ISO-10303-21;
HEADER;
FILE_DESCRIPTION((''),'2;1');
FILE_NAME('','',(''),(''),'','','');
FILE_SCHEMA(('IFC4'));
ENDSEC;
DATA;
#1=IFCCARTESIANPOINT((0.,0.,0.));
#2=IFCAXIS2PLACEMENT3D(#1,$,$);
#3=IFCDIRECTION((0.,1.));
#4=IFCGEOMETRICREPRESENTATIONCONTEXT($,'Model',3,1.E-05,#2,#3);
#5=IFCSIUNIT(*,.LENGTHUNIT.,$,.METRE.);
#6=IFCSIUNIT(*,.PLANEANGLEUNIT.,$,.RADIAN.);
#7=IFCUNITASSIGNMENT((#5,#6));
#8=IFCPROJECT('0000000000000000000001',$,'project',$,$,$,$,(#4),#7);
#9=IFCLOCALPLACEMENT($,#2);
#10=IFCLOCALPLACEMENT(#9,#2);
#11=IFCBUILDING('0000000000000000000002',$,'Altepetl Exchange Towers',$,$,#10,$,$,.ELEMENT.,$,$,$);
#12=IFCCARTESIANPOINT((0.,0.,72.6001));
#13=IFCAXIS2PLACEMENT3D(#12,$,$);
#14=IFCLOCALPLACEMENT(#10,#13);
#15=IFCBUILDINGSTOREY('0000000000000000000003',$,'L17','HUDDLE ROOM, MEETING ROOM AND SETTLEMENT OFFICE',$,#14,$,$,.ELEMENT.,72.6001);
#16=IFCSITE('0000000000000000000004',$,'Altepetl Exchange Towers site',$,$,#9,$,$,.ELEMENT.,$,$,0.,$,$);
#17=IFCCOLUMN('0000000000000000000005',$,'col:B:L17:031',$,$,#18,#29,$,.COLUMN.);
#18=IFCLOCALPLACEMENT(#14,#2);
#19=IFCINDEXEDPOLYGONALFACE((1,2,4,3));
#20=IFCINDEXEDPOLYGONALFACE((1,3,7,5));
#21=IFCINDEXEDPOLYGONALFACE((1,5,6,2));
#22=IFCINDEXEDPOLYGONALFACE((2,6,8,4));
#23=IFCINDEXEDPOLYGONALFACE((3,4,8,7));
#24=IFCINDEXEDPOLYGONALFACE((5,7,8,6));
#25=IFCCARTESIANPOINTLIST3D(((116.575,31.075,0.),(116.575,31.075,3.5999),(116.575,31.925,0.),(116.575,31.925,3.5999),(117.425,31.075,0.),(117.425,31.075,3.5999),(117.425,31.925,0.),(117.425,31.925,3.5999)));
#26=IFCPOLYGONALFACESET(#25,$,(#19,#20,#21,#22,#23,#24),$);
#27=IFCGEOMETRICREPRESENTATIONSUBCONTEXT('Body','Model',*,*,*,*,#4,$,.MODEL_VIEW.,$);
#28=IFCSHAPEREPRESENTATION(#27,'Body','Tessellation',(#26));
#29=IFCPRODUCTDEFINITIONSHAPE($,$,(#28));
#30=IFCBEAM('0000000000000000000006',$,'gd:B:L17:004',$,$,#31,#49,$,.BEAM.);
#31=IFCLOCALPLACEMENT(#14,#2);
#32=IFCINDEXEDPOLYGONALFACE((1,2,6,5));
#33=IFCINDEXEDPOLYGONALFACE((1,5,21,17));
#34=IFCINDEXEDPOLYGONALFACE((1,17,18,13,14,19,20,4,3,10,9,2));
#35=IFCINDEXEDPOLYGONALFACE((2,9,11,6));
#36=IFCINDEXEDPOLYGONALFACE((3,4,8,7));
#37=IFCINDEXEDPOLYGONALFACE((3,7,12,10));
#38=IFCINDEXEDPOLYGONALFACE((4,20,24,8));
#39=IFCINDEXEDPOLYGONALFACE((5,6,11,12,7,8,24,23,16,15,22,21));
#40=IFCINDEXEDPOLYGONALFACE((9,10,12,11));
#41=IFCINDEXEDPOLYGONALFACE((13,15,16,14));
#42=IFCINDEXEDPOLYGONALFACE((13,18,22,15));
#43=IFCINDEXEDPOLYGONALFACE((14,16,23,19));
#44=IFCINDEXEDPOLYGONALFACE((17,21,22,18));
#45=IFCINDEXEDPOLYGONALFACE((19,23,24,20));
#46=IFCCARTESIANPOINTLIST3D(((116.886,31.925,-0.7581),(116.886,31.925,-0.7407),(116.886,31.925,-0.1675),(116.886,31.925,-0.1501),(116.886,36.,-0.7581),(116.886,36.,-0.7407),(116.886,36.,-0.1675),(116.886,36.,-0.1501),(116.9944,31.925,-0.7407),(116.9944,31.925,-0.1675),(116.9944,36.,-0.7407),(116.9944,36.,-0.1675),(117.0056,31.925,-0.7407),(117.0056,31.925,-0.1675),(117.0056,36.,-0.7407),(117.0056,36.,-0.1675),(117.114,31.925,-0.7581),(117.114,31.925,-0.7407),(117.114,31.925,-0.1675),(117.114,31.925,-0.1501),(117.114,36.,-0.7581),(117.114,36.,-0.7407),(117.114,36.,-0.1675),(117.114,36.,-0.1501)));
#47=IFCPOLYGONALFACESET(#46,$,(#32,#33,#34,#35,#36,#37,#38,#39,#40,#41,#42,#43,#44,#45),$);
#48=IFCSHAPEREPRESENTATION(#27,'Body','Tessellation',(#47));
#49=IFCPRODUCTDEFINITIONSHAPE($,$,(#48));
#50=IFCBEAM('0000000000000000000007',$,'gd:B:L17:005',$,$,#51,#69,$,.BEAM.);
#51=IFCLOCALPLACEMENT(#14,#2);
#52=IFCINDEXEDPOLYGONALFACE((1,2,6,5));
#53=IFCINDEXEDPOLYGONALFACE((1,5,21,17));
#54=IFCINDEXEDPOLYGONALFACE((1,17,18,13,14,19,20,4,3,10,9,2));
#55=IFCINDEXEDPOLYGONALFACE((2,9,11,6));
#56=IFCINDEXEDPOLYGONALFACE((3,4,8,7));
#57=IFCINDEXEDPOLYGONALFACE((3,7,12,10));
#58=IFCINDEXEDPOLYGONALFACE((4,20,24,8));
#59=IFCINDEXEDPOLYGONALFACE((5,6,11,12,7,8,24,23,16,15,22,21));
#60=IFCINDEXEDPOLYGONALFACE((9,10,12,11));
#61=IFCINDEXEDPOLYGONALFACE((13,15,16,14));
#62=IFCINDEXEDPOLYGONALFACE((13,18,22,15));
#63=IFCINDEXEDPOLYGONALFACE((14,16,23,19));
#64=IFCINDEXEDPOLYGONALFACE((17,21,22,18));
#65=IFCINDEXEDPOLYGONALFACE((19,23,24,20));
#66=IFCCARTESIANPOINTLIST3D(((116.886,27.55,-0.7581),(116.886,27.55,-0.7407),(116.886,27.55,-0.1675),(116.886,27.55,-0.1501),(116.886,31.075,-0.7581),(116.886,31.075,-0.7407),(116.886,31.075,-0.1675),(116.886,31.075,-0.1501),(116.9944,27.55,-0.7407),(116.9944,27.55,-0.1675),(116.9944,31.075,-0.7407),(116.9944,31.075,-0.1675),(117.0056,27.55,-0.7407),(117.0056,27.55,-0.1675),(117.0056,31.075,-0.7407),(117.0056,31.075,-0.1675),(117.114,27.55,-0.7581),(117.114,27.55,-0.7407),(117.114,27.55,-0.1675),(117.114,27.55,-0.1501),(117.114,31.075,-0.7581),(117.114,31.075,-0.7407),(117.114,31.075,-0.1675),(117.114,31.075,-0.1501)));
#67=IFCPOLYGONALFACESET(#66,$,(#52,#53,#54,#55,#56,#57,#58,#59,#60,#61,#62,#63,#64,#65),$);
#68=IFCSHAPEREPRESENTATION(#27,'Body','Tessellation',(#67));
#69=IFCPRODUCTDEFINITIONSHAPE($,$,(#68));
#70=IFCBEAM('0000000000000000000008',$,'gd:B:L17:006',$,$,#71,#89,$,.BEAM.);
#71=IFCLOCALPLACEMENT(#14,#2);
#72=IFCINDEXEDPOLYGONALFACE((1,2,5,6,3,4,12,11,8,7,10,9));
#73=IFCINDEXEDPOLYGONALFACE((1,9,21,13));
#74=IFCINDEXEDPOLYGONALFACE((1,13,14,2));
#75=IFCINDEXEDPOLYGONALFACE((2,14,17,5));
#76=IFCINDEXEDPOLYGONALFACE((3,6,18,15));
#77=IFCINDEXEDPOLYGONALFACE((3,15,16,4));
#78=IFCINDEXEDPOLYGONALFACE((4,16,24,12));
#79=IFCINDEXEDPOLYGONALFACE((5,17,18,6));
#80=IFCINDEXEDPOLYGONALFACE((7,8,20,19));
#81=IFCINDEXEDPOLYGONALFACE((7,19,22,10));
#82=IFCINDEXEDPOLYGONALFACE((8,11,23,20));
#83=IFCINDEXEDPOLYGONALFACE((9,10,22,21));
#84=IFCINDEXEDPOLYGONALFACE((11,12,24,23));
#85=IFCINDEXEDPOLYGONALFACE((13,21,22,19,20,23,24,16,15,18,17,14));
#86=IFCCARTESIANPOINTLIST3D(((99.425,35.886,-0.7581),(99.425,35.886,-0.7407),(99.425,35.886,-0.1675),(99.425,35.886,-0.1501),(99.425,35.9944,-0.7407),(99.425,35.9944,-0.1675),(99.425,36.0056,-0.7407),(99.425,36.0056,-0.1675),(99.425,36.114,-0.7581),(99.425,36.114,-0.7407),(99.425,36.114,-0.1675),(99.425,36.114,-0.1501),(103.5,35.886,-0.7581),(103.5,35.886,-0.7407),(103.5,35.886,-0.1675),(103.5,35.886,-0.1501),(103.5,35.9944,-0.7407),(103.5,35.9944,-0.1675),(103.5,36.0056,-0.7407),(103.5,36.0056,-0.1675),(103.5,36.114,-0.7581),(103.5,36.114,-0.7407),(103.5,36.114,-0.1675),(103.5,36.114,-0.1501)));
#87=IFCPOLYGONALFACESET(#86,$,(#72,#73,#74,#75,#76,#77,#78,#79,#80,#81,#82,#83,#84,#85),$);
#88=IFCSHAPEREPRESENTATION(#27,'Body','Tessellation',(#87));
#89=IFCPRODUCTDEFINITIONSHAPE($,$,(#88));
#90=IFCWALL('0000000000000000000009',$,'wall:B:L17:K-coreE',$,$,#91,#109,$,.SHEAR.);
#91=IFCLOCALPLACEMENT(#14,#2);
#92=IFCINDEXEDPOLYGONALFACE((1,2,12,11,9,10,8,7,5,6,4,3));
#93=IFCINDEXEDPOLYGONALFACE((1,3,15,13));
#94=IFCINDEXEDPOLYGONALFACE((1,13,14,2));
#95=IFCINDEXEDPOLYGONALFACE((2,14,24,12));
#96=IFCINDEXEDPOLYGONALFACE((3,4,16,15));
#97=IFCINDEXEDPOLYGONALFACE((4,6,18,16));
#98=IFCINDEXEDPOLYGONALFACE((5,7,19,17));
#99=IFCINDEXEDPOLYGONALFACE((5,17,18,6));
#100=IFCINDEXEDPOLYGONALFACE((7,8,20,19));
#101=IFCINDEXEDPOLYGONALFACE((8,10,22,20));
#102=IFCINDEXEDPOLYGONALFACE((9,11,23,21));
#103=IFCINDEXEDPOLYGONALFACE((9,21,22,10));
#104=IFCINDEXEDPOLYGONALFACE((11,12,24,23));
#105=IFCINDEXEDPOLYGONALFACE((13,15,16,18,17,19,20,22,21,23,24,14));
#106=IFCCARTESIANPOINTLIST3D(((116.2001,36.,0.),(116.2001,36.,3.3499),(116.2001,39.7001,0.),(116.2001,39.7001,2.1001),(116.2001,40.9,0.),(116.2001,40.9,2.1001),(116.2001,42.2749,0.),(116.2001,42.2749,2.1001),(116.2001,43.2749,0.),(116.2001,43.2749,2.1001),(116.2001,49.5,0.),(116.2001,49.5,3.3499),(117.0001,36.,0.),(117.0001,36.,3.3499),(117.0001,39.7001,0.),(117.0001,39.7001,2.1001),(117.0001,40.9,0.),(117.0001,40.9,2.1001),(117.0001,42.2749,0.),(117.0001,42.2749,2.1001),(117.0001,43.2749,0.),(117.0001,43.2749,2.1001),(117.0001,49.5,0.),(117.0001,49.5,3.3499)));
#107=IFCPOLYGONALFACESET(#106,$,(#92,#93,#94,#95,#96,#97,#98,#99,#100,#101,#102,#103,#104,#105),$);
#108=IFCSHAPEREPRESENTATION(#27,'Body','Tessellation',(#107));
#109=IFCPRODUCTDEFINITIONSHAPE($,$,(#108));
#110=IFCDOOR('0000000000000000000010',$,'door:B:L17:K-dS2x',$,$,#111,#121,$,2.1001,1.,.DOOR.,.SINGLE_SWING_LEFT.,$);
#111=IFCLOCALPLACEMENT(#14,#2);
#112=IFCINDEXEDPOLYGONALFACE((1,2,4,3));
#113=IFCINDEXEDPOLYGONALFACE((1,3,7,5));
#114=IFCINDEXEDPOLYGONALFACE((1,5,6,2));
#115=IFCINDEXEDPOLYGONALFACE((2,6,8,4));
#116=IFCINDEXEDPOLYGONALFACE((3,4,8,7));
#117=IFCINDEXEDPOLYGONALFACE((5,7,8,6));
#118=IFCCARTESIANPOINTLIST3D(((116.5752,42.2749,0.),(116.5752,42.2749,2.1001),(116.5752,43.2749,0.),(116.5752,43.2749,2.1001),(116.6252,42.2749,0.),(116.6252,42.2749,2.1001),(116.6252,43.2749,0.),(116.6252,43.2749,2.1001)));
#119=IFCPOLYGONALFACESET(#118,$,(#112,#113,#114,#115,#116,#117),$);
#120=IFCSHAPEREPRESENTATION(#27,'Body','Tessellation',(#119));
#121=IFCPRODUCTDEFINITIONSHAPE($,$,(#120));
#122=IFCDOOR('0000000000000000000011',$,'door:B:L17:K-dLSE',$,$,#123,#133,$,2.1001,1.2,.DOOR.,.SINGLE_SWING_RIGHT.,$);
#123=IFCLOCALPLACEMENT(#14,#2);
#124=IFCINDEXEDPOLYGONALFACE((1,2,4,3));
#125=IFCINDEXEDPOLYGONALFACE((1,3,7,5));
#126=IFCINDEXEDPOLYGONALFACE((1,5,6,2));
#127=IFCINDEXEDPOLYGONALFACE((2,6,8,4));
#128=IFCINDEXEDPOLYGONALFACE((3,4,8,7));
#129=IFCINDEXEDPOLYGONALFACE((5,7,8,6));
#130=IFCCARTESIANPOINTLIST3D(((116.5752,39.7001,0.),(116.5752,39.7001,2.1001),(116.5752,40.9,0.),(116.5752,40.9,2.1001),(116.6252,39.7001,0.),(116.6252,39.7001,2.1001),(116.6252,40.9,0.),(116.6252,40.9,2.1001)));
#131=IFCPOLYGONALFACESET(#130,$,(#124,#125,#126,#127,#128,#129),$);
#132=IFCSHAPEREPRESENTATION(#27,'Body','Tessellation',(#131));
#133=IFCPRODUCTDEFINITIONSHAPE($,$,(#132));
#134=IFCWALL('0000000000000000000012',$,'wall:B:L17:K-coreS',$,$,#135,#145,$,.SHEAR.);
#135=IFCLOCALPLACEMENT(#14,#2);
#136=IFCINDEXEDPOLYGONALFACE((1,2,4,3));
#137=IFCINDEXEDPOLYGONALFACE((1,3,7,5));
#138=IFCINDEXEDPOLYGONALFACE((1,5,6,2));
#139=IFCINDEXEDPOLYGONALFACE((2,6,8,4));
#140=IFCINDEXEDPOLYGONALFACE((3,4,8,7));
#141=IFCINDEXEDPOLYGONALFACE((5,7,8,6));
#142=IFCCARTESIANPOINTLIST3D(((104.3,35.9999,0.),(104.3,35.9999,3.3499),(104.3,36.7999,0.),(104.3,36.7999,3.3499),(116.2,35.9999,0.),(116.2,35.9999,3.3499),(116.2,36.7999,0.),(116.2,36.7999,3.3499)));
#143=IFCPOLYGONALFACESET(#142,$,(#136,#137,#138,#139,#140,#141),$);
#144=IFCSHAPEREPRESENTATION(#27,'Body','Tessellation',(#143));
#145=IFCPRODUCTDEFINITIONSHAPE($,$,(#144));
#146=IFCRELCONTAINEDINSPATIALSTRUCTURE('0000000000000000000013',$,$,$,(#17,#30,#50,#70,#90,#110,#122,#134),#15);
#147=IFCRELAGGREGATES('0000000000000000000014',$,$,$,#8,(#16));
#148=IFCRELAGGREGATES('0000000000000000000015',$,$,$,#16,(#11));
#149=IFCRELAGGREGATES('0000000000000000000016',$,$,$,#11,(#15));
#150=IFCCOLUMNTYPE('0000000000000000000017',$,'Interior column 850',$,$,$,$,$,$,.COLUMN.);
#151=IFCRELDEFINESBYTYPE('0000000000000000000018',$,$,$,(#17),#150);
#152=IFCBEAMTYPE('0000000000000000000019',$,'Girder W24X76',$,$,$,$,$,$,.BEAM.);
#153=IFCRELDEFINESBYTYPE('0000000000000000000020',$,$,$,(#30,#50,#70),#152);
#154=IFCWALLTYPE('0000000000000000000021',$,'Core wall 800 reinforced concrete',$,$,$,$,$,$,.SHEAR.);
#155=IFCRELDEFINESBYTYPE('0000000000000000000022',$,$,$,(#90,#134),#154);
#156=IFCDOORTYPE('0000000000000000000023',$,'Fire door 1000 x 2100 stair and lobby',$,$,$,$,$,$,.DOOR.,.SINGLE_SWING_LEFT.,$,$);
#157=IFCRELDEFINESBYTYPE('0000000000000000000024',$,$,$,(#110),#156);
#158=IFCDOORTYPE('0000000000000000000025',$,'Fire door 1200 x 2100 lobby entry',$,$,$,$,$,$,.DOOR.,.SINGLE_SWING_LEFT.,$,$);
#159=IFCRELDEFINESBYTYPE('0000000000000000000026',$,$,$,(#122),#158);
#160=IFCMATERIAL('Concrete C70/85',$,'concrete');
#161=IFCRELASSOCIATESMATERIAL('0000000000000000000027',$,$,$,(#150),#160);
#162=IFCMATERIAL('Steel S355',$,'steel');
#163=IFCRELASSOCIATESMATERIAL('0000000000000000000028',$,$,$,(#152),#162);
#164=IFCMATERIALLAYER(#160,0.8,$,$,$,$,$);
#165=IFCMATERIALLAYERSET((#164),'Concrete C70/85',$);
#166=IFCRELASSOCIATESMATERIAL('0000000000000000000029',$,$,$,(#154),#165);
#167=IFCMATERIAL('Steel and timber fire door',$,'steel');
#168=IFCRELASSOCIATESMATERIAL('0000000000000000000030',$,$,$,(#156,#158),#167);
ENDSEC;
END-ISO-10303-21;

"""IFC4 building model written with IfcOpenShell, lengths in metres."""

from ifc_helpers import new_model, si_unit, direction, frame, frame_2d, origin, origin_2d, place, context, subcontext, project, spatial, rectangle, i_section, extrude, material, layer, layer_set, material_profile, profile_set, type_object, element, fill, save


model = new_model("IFC4")

# Units and contexts
model_context = context("Model", 3, precision=1e-05, world=origin(), true_north=direction((0.0, 1.0)))
body_context = subcontext(model_context, "Body", "Model", "MODEL_VIEW")
ifc_project = project(units=[si_unit("LENGTHUNIT", "METRE"), si_unit("PLANEANGLEUNIT", "RADIAN")], contexts=[model_context])

# Site, building, storey
site_placement = place(None, origin())
site = spatial("IfcSite", under=ifc_project, at=site_placement, Name="Altepetl Exchange Towers site", CompositionType="ELEMENT", RefElevation=0.0)
building_placement = place(site_placement, origin())
building = spatial("IfcBuilding", under=site, at=building_placement, Name="Altepetl Exchange Towers", CompositionType="ELEMENT")
storey_placement = place(building_placement, frame((0.0, 0.0, 72.6001)))
storey = spatial("IfcBuildingStorey", under=building, at=storey_placement, Name="L17", Description="HUDDLE ROOM, MEETING ROOM AND SETTLEMENT OFFICE", CompositionType="ELEMENT", Elevation=72.6001)

# Column
ifc_material_1 = material(Name="Concrete C70/85", Category="concrete")
ifc_material_profile_1 = material_profile(ifc_material_1, rectangle(XDim=0.8501, YDim=0.8501, at=origin_2d()), Name="850 x 850")
ifc_profile_set_1 = profile_set([ifc_material_profile_1], Name="Concrete C70/85")
column_type = type_object("IfcColumnType", Name="Interior column 850", PredefinedType="COLUMN", material=ifc_profile_set_1)
column_placement = place(storey_placement, frame((117.0, 31.5, 0.0)))
element("IfcColumn", 1, at=column_placement, inside=storey, type_object=column_type, Name="col:B:L17:031", PredefinedType="COLUMN", context=body_context, shape_type="SweptSolid", body=[
    extrude(rectangle(XDim=0.8501, YDim=0.8501, at=origin_2d()), origin(), (0.0, 0.0, 1.0), 3.5999),
])

# Beams
ifc_material_2 = material(Name="Steel S355", Category="steel")
ifc_material_profile_2 = material_profile(ifc_material_2, i_section(OverallWidth=0.228, OverallDepth=0.6079, WebThickness=0.0112, FlangeThickness=0.0173, at=origin_2d()), Name="W24X76")
ifc_profile_set_2 = profile_set([ifc_material_profile_2], Name="Steel S355")
beam_type = type_object("IfcBeamType", Name="Girder W24X76", PredefinedType="BEAM", material=ifc_profile_set_2)
beam_1_placement = place(storey_placement, frame((117.0, 36.0, -0.4541), z_axis=(0.0, -1.0, 0.0), x_axis=(1.0, 0.0, 0.0)))
element("IfcBeam", 2, at=beam_1_placement, inside=storey, type_object=beam_type, Name="gd:B:L17:004", PredefinedType="BEAM", context=body_context, shape_type="SweptSolid", body=[
    extrude(i_section(OverallWidth=0.228, OverallDepth=0.6079, WebThickness=0.0112, FlangeThickness=0.0173, at=origin_2d()), origin(), (0.0, 0.0, 1.0), 4.075),
])
beam_2_placement = place(storey_placement, frame((117.0, 31.075, -0.4541), z_axis=(0.0, -1.0, 0.0), x_axis=(1.0, 0.0, 0.0)))
element("IfcBeam", 3, at=beam_2_placement, inside=storey, type_object=beam_type, Name="gd:B:L17:005", PredefinedType="BEAM", context=body_context, shape_type="SweptSolid", body=[
    extrude(i_section(OverallWidth=0.228, OverallDepth=0.6079, WebThickness=0.0112, FlangeThickness=0.0173, at=origin_2d()), origin(), (0.0, 0.0, 1.0), 3.5249),
])
beam_3_placement = place(storey_placement, frame((103.5, 36.0, -0.4541), z_axis=(-1.0, 0.0, 0.0), x_axis=(0.0, -1.0, 0.0)))
element("IfcBeam", 4, at=beam_3_placement, inside=storey, type_object=beam_type, Name="gd:B:L17:006", PredefinedType="BEAM", context=body_context, shape_type="SweptSolid", body=[
    extrude(i_section(OverallWidth=0.228, OverallDepth=0.6079, WebThickness=0.0112, FlangeThickness=0.0173, at=origin_2d()), origin(), (0.0, 0.0, 1.0), 4.075),
])

# Wall, openings, doors
ifc_layer_1 = layer(ifc_material_1, 0.8)
ifc_layer_set_1 = layer_set([ifc_layer_1], Name="Concrete C70/85")
wall_type_1 = type_object("IfcWallType", Name="Core wall 800 reinforced concrete", PredefinedType="SHEAR", material=ifc_layer_set_1)
wall_1_placement = place(storey_placement, frame((116.6001, 36.0, 0.0), z_axis=(0.0, 0.0, 1.0), x_axis=(0.0, 1.0, 0.0)))
wall_1 = element("IfcWall", 5, at=wall_1_placement, inside=storey, type_object=wall_type_1, Name="wall:B:L17:K-coreE", PredefinedType="SHEAR", context=body_context, shape_type="SweptSolid", body=[
    extrude(rectangle(XDim=13.5, YDim=0.8, at=frame_2d((6.75, 0.0))), origin(), (0.0, 0.0, 1.0), 3.3499),
])
opening_1_placement = place(wall_1_placement, frame((3.7, 0.0, 0.0)))
opening_1 = element("IfcOpeningElement", 6, at=opening_1_placement, cuts=wall_1, PredefinedType="OPENING", context=body_context, shape_type="SweptSolid", body=[
    extrude(rectangle(XDim=1.2, YDim=2.1001, at=frame_2d((0.6001, 1.05))), frame((0.0, 0.4102, 0.0), z_axis=(0.0, -1.0, 0.0), x_axis=(1.0, 0.0, 0.0)), (0.0, 0.0, 1.0), 0.8201),
])
opening_2_placement = place(wall_1_placement, frame((6.2749, 0.0, 0.0)))
opening_2 = element("IfcOpeningElement", 7, at=opening_2_placement, cuts=wall_1, PredefinedType="OPENING", context=body_context, shape_type="SweptSolid", body=[
    extrude(rectangle(XDim=1.0, YDim=2.1001, at=frame_2d((0.5, 1.05))), frame((0.0, 0.4102, 0.0), z_axis=(0.0, -1.0, 0.0), x_axis=(1.0, 0.0, 0.0)), (0.0, 0.0, 1.0), 0.8201),
])
ifc_material_3 = material(Name="Steel and timber fire door", Category="steel")
door_type_1 = type_object("IfcDoorType", Name="Fire door 1000 x 2100 stair and lobby", OperationType="SINGLE_SWING_LEFT", PredefinedType="DOOR", material=ifc_material_3)
door_1_placement = place(opening_2_placement, origin())
door_1 = element("IfcDoor", 8, at=door_1_placement, inside=storey, type_object=door_type_1, Name="door:B:L17:K-dS2x", OperationType="SINGLE_SWING_LEFT", OverallHeight=2.1001, OverallWidth=1.0, PredefinedType="DOOR", context=body_context, shape_type="SweptSolid", body=[
    extrude(rectangle(XDim=1.0, YDim=2.1001, at=frame_2d((0.5, 1.05))), frame((0.0, 0.0249, 0.0), z_axis=(0.0, -1.0, 0.0), x_axis=(1.0, 0.0, 0.0)), (0.0, 0.0, 1.0), 0.05),
])
fill(opening_2, door_1)
door_type_2 = type_object("IfcDoorType", Name="Fire door 1200 x 2100 lobby entry", OperationType="SINGLE_SWING_LEFT", PredefinedType="DOOR", material=ifc_material_3)
door_2_placement = place(opening_1_placement, origin())
door_2 = element("IfcDoor", 9, at=door_2_placement, inside=storey, type_object=door_type_2, Name="door:B:L17:K-dLSE", OperationType="SINGLE_SWING_RIGHT", OverallHeight=2.1001, OverallWidth=1.2, PredefinedType="DOOR", context=body_context, shape_type="SweptSolid", body=[
    extrude(rectangle(XDim=1.2, YDim=2.1001, at=frame_2d((0.6001, 1.05))), frame((0.0, 0.0249, 0.0), z_axis=(0.0, -1.0, 0.0), x_axis=(1.0, 0.0, 0.0)), (0.0, 0.0, 1.0), 0.05),
])
fill(opening_1, door_2)

# Wall
wall_2_placement = place(storey_placement, frame((104.3, 36.3999, 0.0)))
element("IfcWall", 10, at=wall_2_placement, inside=storey, type_object=wall_type_1, Name="wall:B:L17:K-coreS", PredefinedType="SHEAR", context=body_context, shape_type="SweptSolid", body=[
    extrude(rectangle(XDim=11.8999, YDim=0.8, at=frame_2d((5.95, 0.0))), origin(), (0.0, 0.0, 1.0), 3.3499),
])

save(model, "model.ifc")
